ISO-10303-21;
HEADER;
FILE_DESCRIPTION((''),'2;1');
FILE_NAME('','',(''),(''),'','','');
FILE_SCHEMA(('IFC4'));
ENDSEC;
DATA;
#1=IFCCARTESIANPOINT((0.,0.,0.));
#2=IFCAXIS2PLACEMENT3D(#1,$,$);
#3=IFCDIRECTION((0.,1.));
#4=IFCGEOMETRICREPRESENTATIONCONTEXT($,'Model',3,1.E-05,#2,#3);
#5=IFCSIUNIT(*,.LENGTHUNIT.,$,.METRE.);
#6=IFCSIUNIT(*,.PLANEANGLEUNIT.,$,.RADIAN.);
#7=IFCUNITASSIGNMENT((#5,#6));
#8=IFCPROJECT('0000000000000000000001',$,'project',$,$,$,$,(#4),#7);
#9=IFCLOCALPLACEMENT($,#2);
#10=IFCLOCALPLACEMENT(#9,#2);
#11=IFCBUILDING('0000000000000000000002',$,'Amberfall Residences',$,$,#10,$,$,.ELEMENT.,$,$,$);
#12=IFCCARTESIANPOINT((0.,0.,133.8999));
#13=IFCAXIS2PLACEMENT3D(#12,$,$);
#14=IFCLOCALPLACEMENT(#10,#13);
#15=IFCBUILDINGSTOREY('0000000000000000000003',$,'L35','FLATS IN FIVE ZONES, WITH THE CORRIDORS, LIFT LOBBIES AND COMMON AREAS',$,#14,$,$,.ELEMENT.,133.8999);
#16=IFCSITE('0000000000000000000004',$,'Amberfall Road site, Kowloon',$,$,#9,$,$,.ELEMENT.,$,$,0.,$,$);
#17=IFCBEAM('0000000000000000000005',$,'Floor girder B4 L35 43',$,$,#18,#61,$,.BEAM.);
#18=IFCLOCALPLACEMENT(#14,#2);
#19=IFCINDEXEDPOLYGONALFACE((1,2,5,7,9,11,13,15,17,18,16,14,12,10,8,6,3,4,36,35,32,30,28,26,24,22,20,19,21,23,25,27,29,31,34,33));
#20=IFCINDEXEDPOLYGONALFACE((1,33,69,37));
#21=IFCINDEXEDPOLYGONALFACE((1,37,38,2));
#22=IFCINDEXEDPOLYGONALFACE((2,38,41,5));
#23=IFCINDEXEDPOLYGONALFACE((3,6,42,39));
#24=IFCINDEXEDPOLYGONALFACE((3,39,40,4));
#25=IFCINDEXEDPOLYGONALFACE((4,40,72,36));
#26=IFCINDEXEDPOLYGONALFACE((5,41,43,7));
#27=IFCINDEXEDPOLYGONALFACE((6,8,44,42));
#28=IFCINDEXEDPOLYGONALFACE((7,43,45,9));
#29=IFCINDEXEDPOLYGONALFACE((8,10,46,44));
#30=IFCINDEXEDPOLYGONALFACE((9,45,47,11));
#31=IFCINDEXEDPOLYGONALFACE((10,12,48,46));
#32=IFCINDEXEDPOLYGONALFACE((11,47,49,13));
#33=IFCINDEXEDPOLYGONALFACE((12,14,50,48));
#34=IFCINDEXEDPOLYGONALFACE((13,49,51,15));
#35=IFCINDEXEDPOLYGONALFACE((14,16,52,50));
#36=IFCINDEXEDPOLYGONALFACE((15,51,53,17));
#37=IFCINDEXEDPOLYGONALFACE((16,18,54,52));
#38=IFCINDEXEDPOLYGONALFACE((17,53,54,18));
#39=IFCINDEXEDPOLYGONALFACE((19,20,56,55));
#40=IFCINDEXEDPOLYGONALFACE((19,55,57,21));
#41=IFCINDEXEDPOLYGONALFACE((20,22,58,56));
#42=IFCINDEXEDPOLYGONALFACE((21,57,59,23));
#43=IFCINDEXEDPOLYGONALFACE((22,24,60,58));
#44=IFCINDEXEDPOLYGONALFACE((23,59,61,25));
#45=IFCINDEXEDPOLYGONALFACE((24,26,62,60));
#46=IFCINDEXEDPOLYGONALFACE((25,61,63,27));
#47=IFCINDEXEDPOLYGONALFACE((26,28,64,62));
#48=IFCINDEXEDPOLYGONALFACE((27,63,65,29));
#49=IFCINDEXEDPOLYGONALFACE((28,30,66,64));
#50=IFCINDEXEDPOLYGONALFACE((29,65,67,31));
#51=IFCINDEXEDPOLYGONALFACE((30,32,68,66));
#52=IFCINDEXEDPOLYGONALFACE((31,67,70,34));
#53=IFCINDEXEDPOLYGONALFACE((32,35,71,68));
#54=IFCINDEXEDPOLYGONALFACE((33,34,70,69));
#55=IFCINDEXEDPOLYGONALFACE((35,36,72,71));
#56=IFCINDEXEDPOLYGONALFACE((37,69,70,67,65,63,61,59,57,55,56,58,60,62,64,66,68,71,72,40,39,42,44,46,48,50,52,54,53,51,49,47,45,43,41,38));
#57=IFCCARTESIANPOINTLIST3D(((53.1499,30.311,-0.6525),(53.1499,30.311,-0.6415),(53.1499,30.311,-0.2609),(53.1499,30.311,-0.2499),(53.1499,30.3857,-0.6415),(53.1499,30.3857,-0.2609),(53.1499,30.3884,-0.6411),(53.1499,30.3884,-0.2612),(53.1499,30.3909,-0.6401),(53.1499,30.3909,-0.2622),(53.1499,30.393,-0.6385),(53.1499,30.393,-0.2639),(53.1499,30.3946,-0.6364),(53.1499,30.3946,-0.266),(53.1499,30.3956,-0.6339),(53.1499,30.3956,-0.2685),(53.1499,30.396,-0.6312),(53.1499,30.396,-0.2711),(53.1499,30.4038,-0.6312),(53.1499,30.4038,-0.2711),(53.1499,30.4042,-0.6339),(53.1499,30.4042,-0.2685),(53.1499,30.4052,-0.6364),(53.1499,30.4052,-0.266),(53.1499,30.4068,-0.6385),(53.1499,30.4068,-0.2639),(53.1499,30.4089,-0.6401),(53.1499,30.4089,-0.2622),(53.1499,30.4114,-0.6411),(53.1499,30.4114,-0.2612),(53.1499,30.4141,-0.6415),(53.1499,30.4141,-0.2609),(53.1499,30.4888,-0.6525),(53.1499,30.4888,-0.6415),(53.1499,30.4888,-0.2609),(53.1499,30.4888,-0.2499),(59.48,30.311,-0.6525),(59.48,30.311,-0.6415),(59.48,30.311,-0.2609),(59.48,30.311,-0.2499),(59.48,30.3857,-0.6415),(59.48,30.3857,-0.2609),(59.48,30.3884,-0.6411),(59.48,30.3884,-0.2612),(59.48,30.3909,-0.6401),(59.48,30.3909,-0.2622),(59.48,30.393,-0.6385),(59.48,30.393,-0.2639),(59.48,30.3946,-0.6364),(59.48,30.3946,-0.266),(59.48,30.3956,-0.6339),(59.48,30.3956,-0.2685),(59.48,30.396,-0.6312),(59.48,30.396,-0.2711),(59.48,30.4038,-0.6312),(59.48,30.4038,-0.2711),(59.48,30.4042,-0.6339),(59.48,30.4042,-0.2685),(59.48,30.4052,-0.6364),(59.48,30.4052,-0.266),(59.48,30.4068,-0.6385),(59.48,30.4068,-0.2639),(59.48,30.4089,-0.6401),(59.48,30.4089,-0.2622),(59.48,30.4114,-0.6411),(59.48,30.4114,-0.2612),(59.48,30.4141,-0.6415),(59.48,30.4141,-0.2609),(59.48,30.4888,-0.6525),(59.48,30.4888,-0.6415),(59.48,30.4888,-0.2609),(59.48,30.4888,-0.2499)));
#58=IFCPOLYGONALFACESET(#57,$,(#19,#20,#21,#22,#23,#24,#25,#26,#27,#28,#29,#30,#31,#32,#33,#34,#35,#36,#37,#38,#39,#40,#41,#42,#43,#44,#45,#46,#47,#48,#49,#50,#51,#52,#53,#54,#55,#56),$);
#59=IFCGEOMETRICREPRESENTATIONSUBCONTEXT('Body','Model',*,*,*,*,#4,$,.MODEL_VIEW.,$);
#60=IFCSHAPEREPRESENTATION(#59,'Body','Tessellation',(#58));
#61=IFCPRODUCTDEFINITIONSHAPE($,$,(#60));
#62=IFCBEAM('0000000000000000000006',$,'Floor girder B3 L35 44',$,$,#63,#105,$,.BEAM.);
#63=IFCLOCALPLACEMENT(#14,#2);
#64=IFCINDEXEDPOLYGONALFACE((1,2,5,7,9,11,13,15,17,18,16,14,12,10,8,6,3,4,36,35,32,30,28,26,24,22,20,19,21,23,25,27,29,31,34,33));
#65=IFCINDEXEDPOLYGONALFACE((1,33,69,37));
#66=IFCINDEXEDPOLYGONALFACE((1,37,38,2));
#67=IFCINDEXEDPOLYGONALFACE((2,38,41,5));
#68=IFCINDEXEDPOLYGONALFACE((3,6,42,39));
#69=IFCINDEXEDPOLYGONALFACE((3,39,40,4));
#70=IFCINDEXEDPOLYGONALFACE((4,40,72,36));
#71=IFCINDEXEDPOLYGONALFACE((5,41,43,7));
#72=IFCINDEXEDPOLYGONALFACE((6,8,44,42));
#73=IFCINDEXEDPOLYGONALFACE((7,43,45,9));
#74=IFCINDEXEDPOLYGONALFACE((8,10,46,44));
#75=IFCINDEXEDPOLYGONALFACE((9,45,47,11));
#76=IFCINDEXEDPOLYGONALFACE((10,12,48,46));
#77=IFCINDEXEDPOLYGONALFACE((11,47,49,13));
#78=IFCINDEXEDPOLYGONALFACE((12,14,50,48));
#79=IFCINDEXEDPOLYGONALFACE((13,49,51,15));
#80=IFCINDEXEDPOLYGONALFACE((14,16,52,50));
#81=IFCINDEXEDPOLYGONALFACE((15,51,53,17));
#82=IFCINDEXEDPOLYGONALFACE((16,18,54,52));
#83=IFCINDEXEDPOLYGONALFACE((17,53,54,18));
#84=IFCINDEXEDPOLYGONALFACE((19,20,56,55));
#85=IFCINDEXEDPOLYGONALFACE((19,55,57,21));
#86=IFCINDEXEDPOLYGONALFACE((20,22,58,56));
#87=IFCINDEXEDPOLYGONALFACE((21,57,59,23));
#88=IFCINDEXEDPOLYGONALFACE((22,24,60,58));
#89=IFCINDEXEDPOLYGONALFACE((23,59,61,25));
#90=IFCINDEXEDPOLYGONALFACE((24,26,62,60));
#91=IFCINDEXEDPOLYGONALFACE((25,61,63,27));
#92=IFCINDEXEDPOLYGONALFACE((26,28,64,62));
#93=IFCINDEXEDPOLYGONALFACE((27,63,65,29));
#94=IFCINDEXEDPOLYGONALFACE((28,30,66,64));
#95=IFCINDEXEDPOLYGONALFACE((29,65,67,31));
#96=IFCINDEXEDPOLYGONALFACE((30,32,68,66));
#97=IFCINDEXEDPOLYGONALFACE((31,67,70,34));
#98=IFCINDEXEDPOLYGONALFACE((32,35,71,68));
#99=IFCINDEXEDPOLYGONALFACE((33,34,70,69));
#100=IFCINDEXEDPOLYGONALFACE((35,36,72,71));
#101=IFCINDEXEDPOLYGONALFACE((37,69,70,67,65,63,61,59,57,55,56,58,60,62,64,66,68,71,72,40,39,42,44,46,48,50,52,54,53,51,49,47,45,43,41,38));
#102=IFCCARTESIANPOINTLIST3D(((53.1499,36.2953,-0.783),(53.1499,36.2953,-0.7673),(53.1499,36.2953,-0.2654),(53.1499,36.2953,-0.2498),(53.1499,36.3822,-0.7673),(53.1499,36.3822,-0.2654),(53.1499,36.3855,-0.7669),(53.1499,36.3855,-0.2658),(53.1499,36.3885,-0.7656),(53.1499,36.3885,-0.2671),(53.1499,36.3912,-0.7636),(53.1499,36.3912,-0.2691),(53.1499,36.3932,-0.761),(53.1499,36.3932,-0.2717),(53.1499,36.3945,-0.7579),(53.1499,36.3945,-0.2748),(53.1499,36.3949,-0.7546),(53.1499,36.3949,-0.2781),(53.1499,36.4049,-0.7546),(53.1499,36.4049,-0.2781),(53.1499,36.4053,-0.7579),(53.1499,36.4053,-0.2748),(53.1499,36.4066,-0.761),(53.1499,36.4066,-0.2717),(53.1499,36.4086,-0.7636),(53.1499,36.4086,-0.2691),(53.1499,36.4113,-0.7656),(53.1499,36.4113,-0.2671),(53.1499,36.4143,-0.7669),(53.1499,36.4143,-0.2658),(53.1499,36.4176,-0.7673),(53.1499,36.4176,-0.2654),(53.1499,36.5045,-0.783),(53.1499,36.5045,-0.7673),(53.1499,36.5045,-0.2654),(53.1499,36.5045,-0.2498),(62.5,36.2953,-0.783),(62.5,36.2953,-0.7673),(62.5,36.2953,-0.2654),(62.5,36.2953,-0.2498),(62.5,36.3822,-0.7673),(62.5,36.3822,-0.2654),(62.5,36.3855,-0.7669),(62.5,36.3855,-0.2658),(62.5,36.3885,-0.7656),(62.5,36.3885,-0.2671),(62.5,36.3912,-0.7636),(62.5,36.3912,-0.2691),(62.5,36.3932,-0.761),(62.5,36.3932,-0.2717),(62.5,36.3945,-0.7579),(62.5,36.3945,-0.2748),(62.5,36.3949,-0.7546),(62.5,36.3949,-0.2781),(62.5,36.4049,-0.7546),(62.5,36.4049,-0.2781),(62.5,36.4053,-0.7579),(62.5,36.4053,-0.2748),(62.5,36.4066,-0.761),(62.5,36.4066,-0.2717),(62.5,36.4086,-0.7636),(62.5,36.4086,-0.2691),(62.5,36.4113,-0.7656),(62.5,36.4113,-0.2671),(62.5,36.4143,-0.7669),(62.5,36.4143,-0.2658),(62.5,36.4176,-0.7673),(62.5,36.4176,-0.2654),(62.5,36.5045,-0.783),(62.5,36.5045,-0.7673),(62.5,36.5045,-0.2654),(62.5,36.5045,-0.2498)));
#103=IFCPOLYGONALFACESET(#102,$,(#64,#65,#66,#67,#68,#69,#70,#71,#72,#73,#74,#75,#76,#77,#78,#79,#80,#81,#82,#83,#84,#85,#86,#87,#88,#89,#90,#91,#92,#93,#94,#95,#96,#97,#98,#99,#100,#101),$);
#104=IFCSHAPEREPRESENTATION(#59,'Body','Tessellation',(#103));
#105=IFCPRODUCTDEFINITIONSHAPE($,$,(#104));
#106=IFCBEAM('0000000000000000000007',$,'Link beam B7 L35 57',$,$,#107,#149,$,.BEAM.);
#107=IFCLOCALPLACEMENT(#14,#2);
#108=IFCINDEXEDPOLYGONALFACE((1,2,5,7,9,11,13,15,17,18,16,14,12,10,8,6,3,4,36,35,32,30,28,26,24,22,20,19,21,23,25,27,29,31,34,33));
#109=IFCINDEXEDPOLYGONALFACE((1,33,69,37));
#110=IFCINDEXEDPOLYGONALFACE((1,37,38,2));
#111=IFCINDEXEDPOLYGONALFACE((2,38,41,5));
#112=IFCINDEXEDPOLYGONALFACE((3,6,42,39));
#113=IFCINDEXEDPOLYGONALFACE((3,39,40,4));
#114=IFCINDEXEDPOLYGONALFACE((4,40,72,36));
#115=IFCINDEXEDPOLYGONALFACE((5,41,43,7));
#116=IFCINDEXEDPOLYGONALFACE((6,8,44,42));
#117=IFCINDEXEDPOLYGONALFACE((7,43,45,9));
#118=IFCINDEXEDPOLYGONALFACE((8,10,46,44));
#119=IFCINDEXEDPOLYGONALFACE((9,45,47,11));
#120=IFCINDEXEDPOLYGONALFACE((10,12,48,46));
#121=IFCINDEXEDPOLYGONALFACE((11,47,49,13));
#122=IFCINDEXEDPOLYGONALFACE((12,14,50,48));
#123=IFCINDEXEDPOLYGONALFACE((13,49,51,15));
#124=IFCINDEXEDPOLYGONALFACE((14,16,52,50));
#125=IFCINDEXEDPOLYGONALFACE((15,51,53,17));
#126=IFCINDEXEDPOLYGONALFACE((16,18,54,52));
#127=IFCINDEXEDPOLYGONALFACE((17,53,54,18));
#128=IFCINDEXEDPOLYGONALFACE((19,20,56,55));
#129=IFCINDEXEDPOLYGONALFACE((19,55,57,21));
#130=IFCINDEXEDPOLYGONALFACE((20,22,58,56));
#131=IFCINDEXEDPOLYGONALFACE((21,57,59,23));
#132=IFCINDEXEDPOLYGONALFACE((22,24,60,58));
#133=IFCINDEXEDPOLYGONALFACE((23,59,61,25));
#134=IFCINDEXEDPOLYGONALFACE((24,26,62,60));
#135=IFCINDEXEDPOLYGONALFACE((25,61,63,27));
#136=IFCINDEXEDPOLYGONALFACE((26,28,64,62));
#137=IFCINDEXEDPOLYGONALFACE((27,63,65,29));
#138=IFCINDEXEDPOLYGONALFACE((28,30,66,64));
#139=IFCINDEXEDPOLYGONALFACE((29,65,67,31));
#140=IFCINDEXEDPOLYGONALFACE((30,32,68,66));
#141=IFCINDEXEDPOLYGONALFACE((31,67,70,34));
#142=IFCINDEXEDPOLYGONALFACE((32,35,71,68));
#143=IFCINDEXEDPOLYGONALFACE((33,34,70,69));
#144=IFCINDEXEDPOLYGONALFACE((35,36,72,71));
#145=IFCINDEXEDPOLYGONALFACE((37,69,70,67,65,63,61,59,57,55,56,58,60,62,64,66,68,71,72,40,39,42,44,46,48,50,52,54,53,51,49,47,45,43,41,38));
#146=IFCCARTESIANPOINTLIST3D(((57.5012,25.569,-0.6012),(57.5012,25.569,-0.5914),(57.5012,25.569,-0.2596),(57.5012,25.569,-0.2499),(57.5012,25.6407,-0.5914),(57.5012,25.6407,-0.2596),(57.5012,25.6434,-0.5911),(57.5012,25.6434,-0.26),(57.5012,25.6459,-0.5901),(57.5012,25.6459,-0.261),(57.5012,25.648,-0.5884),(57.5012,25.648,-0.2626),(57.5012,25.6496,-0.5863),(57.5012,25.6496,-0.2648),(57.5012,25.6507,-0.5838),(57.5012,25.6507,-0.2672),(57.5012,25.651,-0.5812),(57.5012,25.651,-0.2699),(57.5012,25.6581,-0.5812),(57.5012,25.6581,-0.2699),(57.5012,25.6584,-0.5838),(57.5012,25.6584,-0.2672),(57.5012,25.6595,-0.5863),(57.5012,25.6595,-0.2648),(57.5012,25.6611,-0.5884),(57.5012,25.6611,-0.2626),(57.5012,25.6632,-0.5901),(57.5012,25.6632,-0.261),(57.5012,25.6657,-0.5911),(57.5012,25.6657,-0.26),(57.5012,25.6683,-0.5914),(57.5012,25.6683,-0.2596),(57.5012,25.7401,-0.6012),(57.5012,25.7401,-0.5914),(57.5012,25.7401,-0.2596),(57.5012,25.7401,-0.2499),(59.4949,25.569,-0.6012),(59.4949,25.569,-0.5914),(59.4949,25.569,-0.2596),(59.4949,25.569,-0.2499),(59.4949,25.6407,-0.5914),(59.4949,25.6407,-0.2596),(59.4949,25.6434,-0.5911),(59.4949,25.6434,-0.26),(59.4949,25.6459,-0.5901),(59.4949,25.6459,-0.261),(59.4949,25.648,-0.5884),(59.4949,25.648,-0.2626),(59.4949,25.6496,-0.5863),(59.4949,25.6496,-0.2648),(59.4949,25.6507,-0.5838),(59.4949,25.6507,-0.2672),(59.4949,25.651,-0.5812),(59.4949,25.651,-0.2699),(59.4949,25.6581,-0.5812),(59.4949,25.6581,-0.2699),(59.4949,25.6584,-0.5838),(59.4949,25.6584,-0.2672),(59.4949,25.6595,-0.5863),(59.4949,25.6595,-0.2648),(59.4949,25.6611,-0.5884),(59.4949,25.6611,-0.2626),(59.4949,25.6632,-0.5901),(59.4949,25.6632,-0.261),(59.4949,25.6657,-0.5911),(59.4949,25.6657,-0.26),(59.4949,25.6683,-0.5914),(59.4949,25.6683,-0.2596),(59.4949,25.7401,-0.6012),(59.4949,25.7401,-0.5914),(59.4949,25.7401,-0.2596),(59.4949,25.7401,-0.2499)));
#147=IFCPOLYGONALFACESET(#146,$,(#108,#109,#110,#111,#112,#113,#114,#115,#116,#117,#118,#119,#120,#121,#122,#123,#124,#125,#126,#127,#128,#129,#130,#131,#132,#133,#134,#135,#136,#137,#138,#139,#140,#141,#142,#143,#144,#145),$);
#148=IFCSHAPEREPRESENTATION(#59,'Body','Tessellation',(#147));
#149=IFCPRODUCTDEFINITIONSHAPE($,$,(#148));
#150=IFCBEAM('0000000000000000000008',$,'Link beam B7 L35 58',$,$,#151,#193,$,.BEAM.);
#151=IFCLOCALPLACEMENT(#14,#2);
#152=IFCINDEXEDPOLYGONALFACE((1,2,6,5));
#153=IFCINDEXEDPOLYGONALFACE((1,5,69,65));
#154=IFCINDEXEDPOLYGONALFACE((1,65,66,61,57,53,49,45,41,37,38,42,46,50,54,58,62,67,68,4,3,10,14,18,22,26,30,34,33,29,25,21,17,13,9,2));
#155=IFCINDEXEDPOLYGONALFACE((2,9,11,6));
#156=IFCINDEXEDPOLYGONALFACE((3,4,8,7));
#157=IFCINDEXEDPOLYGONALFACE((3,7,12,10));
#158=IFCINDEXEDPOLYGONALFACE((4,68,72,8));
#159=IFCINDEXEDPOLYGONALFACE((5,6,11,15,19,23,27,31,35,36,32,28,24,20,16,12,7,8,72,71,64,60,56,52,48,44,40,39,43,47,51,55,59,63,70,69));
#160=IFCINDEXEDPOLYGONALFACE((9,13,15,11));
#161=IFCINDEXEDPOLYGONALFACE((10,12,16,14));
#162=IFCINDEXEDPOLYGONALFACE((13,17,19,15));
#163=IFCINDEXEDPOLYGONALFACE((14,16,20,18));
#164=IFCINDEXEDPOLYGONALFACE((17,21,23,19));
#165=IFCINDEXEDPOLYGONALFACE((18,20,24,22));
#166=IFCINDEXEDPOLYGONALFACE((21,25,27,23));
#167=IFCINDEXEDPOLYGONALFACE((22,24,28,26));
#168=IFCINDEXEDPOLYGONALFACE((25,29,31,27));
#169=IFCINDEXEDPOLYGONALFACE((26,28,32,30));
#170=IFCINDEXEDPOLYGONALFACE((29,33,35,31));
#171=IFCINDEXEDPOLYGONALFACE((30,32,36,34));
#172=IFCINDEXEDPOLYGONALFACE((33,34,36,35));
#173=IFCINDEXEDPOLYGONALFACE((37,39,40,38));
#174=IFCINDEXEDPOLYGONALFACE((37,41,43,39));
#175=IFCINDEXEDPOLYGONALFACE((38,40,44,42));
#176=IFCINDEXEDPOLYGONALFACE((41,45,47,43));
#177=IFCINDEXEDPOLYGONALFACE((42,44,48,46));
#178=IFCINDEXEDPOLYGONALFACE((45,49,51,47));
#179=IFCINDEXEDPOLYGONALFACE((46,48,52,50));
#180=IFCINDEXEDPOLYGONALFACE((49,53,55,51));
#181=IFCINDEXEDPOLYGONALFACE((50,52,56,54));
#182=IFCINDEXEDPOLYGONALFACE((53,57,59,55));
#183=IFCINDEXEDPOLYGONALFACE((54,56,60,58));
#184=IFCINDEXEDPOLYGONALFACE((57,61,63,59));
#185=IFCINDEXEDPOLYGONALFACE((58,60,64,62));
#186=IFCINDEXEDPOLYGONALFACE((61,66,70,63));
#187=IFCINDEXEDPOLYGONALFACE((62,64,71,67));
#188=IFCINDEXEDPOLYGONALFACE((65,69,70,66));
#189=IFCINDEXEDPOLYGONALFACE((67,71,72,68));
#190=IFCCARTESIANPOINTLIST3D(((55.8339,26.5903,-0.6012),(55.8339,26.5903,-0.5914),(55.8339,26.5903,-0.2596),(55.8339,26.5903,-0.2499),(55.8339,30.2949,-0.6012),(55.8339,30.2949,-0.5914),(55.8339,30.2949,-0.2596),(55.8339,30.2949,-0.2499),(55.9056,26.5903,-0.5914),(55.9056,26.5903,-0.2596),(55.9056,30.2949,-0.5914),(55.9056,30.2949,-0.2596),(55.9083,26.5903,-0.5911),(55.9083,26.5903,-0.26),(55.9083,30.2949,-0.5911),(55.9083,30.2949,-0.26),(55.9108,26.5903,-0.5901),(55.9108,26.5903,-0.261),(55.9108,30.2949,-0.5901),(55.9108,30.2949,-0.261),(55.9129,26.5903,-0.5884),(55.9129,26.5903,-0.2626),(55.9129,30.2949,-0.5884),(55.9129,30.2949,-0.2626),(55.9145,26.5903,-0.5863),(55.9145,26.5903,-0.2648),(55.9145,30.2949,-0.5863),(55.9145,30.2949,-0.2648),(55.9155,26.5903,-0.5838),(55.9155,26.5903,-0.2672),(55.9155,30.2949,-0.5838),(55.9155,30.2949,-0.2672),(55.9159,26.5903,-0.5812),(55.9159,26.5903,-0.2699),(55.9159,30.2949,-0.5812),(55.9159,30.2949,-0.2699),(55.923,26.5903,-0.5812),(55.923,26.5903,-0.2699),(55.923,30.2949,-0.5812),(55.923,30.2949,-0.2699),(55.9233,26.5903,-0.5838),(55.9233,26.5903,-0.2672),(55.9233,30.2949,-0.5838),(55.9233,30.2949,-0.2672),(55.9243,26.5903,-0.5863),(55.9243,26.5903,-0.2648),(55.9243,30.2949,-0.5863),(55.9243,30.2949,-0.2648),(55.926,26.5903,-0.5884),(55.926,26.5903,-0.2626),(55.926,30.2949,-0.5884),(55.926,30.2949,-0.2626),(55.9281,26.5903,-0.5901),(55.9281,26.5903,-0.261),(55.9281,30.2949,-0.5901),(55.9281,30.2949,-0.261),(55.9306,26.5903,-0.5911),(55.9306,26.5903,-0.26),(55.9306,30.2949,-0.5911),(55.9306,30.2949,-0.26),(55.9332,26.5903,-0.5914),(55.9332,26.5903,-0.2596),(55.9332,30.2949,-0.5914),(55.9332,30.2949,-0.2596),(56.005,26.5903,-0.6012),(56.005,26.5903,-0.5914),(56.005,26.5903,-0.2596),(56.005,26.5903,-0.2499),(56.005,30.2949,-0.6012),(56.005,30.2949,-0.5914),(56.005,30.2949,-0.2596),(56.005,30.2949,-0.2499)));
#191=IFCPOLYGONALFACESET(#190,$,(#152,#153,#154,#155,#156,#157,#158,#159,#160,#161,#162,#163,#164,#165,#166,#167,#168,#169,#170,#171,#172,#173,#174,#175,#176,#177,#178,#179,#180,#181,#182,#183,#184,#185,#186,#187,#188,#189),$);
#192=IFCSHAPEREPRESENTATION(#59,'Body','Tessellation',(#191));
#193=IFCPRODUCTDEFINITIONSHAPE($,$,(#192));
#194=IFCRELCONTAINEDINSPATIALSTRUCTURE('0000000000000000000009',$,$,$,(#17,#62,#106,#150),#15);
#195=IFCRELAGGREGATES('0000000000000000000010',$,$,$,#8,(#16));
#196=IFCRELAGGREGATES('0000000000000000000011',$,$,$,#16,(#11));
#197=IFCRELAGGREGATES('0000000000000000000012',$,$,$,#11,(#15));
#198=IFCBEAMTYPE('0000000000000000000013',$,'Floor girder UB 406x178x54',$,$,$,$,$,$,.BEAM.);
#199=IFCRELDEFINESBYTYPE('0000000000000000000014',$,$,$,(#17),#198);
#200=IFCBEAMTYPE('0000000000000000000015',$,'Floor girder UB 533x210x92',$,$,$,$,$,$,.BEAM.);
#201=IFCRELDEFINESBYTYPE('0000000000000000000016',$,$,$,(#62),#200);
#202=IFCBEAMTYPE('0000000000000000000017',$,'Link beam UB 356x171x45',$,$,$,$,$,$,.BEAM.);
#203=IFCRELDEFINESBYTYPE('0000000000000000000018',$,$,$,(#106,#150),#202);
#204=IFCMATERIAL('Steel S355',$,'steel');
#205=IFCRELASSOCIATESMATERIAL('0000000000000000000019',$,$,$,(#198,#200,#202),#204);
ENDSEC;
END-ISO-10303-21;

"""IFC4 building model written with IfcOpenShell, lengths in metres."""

from ifc_helpers import new_model, si_unit, direction, frame, origin, origin_2d, place, context, subcontext, project, spatial, i_section, extrude, material, material_profile, profile_set, type_object, element, save


model = new_model("IFC4")

# Units and contexts
model_context = context("Model", 3, precision=1e-05, world=origin(), true_north=direction((0.0, 1.0)))
body_context = subcontext(model_context, "Body", "Model", "MODEL_VIEW")
ifc_project = project(units=[si_unit("LENGTHUNIT", "METRE"), si_unit("PLANEANGLEUNIT", "RADIAN")], contexts=[model_context])

# Site, building, storey
site_placement = place(None, origin())
site = spatial("IfcSite", under=ifc_project, at=site_placement, Name="Amberfall Road site, Kowloon", CompositionType="ELEMENT", RefElevation=0.0)
building_placement = place(site_placement, origin())
building = spatial("IfcBuilding", under=site, at=building_placement, Name="Amberfall Residences", CompositionType="ELEMENT")
storey_placement = place(building_placement, frame((0.0, 0.0, 133.8999)))
storey = spatial("IfcBuildingStorey", under=building, at=storey_placement, Name="L35", Description="FLATS IN FIVE ZONES, WITH THE CORRIDORS, LIFT LOBBIES AND COMMON AREAS", CompositionType="ELEMENT", Elevation=133.8999)

# Shared definitions
ifc_material_1 = material(Name="Steel S355", Category="steel")

# Beams
ifc_material_profile_1 = material_profile(ifc_material_1, i_section(OverallWidth=0.1777, OverallDepth=0.4026, WebThickness=0.0078, FlangeThickness=0.011, FilletRadius=0.0103, at=origin_2d()), Name="UB 406x178x54")
ifc_profile_set_1 = profile_set([ifc_material_profile_1], Name="Steel S355")
beam_type_1 = type_object("IfcBeamType", Name="Floor girder UB 406x178x54", PredefinedType="BEAM", material=ifc_profile_set_1)
beam_1_placement = place(storey_placement, frame((53.1499, 30.3999, -0.4512), z_axis=(1.0, 0.0, 0.0), x_axis=(0.0, 1.0, 0.0)))
element("IfcBeam", 1, at=beam_1_placement, inside=storey, type_object=beam_type_1, Name="Floor girder B4 L35 43", PredefinedType="BEAM", context=body_context, shape_type="SweptSolid", body=[
    extrude(i_section(OverallWidth=0.1777, OverallDepth=0.4026, WebThickness=0.0078, FlangeThickness=0.011, FilletRadius=0.0103, at=origin_2d()), origin(), (0.0, 0.0, 1.0), 6.3301),
])
ifc_material_profile_2 = material_profile(ifc_material_1, i_section(OverallWidth=0.2092, OverallDepth=0.5332, WebThickness=0.01, FlangeThickness=0.0156, FilletRadius=0.0127, at=origin_2d()), Name="UB 533x210x92")
ifc_profile_set_2 = profile_set([ifc_material_profile_2], Name="Steel S355")
beam_type_2 = type_object("IfcBeamType", Name="Floor girder UB 533x210x92", PredefinedType="BEAM", material=ifc_profile_set_2)
beam_2_placement = place(storey_placement, frame((53.1499, 36.3999, -0.5164), z_axis=(1.0, 0.0, 0.0), x_axis=(0.0, 1.0, 0.0)))
element("IfcBeam", 2, at=beam_2_placement, inside=storey, type_object=beam_type_2, Name="Floor girder B3 L35 44", PredefinedType="BEAM", context=body_context, shape_type="SweptSolid", body=[
    extrude(i_section(OverallWidth=0.2092, OverallDepth=0.5332, WebThickness=0.01, FlangeThickness=0.0156, FilletRadius=0.0127, at=origin_2d()), origin(), (0.0, 0.0, 1.0), 9.3501),
])
ifc_material_profile_3 = material_profile(ifc_material_1, i_section(OverallWidth=0.1711, OverallDepth=0.3513, WebThickness=0.0071, FlangeThickness=0.0098, FilletRadius=0.0103, at=origin_2d()), Name="UB 356x171x45")
ifc_profile_set_3 = profile_set([ifc_material_profile_3], Name="Steel S355")
beam_type_3 = type_object("IfcBeamType", Name="Link beam UB 356x171x45", PredefinedType="BEAM", material=ifc_profile_set_3)
beam_3_placement = place(storey_placement, frame((57.5012, 25.6545, -0.4255), z_axis=(1.0, 0.0, 0.0), x_axis=(0.0, 1.0, 0.0)))
element("IfcBeam", 3, at=beam_3_placement, inside=storey, type_object=beam_type_3, Name="Link beam B7 L35 57", PredefinedType="BEAM", context=body_context, shape_type="SweptSolid", body=[
    extrude(i_section(OverallWidth=0.1711, OverallDepth=0.3513, WebThickness=0.0071, FlangeThickness=0.0098, FilletRadius=0.0103, at=origin_2d()), origin(), (0.0, 0.0, 1.0), 1.9937),
])
beam_4_placement = place(storey_placement, frame((55.9194, 26.5903, -0.4255), z_axis=(0.0, 1.0, 0.0), x_axis=(-1.0, 0.0, 0.0)))
element("IfcBeam", 4, at=beam_4_placement, inside=storey, type_object=beam_type_3, Name="Link beam B7 L35 58", PredefinedType="BEAM", context=body_context, shape_type="SweptSolid", body=[
    extrude(i_section(OverallWidth=0.1711, OverallDepth=0.3513, WebThickness=0.0071, FlangeThickness=0.0098, FilletRadius=0.0103, at=origin_2d()), origin(), (0.0, 0.0, 1.0), 3.7046),
])

save(model, "model.ifc")
